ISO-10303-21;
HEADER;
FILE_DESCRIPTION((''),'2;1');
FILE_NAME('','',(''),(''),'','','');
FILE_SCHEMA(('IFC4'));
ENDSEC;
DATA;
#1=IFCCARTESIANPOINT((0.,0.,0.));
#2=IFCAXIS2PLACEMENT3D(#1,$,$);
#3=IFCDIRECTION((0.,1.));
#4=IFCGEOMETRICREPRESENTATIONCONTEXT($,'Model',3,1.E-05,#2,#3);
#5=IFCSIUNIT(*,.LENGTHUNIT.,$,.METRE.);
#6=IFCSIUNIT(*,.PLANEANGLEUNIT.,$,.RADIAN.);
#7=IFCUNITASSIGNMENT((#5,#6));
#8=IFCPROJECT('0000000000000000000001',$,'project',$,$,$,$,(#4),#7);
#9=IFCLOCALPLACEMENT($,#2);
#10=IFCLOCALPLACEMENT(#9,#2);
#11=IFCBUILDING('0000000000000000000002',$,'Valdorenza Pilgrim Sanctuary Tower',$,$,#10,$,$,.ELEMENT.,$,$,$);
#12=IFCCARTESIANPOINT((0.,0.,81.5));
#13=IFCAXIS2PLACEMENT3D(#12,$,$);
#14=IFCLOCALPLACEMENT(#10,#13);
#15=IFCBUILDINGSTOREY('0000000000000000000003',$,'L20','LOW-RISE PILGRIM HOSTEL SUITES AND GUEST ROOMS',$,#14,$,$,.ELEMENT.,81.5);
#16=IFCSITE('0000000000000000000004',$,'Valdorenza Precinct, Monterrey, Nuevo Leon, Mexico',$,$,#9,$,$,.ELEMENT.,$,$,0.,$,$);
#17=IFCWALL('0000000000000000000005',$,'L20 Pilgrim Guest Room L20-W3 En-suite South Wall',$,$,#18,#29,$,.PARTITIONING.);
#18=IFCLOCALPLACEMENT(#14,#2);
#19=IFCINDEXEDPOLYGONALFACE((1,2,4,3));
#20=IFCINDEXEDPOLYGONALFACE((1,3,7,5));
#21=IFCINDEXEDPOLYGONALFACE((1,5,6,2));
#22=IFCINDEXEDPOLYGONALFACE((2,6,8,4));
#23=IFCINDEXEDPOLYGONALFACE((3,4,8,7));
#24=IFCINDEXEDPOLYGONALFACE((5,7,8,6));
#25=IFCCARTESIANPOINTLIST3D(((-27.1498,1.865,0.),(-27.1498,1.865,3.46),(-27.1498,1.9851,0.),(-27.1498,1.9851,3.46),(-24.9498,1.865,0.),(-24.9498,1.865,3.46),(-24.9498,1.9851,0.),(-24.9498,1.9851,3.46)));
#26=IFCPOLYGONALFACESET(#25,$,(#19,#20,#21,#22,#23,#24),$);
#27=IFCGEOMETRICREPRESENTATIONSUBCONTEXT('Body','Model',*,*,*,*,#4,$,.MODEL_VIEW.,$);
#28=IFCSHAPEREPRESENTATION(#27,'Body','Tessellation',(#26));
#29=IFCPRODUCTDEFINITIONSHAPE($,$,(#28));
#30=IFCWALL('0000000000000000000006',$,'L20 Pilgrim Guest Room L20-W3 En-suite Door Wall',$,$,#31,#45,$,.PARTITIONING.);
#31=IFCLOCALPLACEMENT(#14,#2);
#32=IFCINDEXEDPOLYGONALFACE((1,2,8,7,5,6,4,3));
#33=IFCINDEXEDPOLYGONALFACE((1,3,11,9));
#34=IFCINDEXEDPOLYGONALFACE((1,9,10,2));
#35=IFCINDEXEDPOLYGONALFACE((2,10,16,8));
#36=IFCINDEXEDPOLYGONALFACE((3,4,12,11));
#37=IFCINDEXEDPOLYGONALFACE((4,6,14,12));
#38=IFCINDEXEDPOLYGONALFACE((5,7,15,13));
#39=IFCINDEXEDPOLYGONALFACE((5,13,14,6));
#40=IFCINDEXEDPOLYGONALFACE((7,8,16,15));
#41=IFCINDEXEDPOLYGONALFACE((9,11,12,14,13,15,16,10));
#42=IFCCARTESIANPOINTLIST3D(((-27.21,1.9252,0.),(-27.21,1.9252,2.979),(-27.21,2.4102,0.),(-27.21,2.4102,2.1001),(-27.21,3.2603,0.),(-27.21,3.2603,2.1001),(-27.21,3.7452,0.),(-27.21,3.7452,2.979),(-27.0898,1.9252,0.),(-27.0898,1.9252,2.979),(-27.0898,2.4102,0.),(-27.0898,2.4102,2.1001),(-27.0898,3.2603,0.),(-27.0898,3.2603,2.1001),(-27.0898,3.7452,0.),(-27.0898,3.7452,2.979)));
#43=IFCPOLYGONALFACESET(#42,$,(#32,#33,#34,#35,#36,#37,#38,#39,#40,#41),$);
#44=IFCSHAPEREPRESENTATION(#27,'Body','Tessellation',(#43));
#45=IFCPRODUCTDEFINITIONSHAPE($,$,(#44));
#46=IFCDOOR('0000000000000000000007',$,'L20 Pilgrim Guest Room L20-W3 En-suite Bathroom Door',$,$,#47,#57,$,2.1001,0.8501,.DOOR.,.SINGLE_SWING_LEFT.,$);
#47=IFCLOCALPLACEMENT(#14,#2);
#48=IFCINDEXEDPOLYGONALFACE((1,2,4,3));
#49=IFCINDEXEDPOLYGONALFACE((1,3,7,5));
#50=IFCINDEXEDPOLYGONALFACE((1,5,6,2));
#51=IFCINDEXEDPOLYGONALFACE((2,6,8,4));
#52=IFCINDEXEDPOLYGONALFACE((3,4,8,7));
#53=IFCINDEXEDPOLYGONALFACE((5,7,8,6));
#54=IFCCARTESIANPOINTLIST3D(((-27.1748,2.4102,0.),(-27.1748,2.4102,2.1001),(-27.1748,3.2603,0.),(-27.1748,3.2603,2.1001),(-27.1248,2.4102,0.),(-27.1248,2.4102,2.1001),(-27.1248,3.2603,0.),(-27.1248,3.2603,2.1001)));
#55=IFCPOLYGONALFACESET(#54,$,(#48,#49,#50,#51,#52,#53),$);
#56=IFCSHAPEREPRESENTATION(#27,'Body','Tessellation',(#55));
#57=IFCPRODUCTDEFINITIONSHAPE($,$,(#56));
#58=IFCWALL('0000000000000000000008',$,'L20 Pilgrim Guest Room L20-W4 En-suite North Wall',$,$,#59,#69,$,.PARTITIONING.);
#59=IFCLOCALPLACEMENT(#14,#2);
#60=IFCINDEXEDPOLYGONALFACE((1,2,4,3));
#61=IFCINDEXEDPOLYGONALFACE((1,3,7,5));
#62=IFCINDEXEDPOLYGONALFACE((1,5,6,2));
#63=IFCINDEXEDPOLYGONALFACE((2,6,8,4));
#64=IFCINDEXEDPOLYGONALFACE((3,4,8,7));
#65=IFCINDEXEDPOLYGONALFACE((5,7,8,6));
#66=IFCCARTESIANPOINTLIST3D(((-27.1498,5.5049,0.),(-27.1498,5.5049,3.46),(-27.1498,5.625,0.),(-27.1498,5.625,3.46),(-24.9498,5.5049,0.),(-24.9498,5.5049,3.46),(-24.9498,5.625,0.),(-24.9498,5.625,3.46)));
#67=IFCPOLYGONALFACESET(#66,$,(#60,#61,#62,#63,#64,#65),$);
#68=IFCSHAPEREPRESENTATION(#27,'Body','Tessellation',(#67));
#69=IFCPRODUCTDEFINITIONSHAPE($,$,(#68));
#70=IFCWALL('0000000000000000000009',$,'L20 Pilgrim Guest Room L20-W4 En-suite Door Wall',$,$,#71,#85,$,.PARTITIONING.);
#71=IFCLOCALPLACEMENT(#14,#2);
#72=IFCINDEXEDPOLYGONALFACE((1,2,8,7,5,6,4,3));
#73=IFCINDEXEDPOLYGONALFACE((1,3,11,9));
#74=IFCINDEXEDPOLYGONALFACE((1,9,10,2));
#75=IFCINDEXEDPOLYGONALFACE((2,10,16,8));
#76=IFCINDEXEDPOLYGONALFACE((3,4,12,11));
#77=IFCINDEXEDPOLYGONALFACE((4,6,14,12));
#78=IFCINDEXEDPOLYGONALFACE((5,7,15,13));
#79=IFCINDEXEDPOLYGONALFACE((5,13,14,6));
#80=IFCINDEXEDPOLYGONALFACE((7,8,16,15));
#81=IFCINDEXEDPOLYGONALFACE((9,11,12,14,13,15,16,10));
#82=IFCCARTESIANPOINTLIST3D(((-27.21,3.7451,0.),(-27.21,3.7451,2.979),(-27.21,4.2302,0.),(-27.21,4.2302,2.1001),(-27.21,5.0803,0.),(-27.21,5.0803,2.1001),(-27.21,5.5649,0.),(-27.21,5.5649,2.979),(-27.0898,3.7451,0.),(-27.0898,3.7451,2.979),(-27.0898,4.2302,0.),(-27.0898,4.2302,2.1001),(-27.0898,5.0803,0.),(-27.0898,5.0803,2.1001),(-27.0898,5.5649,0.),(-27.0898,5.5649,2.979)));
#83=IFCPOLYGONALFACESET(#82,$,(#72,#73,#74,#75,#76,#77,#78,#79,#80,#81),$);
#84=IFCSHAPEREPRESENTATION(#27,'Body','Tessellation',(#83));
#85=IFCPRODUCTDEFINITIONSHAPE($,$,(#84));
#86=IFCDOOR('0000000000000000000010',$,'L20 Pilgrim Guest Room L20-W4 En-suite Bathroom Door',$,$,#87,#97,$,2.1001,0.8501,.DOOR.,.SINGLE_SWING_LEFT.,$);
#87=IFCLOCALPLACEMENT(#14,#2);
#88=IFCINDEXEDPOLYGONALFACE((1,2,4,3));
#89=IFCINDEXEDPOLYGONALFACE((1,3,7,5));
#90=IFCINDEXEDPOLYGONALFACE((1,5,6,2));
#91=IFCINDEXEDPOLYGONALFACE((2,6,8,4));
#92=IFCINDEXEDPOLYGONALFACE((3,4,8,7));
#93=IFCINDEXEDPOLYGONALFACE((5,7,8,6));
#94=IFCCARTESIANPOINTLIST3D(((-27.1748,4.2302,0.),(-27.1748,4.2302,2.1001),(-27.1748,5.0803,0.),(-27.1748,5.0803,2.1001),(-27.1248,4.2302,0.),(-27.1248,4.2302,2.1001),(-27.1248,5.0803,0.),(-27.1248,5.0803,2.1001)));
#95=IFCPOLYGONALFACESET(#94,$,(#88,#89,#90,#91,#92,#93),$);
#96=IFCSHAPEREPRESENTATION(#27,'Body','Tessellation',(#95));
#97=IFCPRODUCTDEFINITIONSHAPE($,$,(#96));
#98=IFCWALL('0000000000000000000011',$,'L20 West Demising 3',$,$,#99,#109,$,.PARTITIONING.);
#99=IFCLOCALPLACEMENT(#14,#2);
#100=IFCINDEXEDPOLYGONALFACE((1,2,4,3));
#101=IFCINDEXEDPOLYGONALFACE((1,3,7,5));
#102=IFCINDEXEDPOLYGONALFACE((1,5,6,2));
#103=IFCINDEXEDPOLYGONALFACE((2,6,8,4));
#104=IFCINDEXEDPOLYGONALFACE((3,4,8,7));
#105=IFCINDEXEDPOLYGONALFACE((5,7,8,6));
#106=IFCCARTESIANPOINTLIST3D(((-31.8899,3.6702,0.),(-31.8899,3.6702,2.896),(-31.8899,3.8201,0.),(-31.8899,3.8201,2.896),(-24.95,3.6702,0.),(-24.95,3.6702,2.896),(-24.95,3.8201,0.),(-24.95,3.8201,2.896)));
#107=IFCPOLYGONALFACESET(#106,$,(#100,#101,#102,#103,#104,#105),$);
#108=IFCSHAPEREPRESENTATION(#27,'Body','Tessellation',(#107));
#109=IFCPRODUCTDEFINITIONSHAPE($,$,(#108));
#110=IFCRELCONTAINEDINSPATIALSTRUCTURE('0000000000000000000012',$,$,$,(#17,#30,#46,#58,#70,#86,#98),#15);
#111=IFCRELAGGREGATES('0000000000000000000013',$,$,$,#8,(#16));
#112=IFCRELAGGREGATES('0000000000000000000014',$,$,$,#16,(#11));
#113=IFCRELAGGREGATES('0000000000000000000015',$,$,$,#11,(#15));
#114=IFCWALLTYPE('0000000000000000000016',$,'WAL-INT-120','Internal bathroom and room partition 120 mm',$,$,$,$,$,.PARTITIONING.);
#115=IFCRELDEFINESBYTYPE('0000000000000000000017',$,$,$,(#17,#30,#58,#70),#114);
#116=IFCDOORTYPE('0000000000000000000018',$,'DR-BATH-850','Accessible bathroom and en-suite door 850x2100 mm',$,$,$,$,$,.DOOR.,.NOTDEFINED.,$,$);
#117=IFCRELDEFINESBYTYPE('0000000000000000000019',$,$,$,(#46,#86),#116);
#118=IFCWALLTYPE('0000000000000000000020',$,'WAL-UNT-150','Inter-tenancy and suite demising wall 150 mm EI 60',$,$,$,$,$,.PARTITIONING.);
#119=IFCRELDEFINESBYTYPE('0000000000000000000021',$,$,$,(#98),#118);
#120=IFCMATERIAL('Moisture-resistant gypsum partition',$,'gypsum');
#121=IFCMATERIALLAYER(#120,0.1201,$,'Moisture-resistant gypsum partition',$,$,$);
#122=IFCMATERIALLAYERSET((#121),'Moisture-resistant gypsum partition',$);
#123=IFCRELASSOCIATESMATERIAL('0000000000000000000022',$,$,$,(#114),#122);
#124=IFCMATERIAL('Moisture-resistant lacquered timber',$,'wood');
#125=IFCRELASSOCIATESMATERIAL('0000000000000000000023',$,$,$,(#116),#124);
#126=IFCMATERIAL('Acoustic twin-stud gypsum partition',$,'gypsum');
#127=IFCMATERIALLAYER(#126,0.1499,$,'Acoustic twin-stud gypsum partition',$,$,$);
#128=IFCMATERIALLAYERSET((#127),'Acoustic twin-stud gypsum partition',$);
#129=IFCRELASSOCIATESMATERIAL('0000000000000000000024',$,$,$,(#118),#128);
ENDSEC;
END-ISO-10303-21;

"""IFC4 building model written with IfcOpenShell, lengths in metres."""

from ifc_helpers import new_model, si_unit, direction, frame, frame_2d, origin, place, context, subcontext, project, spatial, rectangle, extrude, material, layer, layer_set, type_object, element, fill, save


model = new_model("IFC4")

# Units and contexts
model_context = context("Model", 3, precision=1e-05, world=origin(), true_north=direction((0.0, 1.0)))
body_context = subcontext(model_context, "Body", "Model", "MODEL_VIEW")
ifc_project = project(units=[si_unit("LENGTHUNIT", "METRE"), si_unit("PLANEANGLEUNIT", "RADIAN")], contexts=[model_context])

# Site, building, storey
site_placement = place(None, origin())
site = spatial("IfcSite", under=ifc_project, at=site_placement, Name="Valdorenza Precinct, Monterrey, Nuevo Leon, Mexico", CompositionType="ELEMENT", RefElevation=0.0)
building_placement = place(site_placement, origin())
building = spatial("IfcBuilding", under=site, at=building_placement, Name="Valdorenza Pilgrim Sanctuary Tower", CompositionType="ELEMENT")
storey_placement = place(building_placement, frame((0.0, 0.0, 81.5)))
storey = spatial("IfcBuildingStorey", under=building, at=storey_placement, Name="L20", Description="LOW-RISE PILGRIM HOSTEL SUITES AND GUEST ROOMS", CompositionType="ELEMENT", Elevation=81.5)

# Shared definitions
ifc_material_1 = material(Name="Acoustic twin-stud gypsum partition", Category="gypsum")

# Wall
ifc_material_2 = material(Name="Moisture-resistant gypsum partition", Category="gypsum")
ifc_layer_1 = layer(ifc_material_2, 0.1201, Name="Moisture-resistant gypsum partition")
ifc_layer_set_1 = layer_set([ifc_layer_1], Name="Moisture-resistant gypsum partition")
wall_type_1 = type_object("IfcWallType", Name="WAL-INT-120", Description="Internal bathroom and room partition 120 mm", PredefinedType="PARTITIONING", material=ifc_layer_set_1)
wall_1_placement = place(storey_placement, frame((-27.1499, 1.925, 0.0), z_axis=(0.0, 0.0, 1.0), x_axis=(1.0, 0.0, 0.0)))
element("IfcWall", 1, at=wall_1_placement, inside=storey, type_object=wall_type_1, Name="L20 Pilgrim Guest Room L20-W3 En-suite South Wall", PredefinedType="PARTITIONING", context=body_context, shape_type="SweptSolid", body=[
    extrude(rectangle(XDim=2.2, YDim=0.1201, at=frame_2d((1.1001, 0.0))), origin(), (0.0, 0.0, 1.0), 3.46),
])

# Wall, opening, door
wall_2_placement = place(storey_placement, frame((-27.1499, 1.925, 0.0), z_axis=(0.0, 0.0, 1.0), x_axis=(0.0, 1.0, 0.0)))
wall_2 = element("IfcWall", 2, at=wall_2_placement, inside=storey, type_object=wall_type_1, Name="L20 Pilgrim Guest Room L20-W3 En-suite Door Wall", PredefinedType="PARTITIONING", context=body_context, shape_type="SweptSolid", body=[
    extrude(rectangle(XDim=1.8201, YDim=0.1201, at=frame_2d((0.9102, 0.0))), origin(), (0.0, 0.0, 1.0), 2.979),
])
opening_1_placement = place(wall_2_placement, frame((0.4851, 0.0, 0.0)))
opening_1 = element("IfcOpeningElement", 3, at=opening_1_placement, cuts=wall_2, PredefinedType="OPENING", context=body_context, shape_type="SweptSolid", body=[
    extrude(rectangle(XDim=0.8501, YDim=2.1001, at=frame_2d((0.425, 1.05))), frame((0.0, 0.075, 0.0), z_axis=(0.0, -1.0, 0.0), x_axis=(1.0, 0.0, 0.0)), (0.0, 0.0, 1.0), 0.1499),
])
ifc_material_3 = material(Name="Moisture-resistant lacquered timber", Category="wood")
door_type_1 = type_object("IfcDoorType", Name="DR-BATH-850", Description="Accessible bathroom and en-suite door 850x2100 mm", OperationType="NOTDEFINED", PredefinedType="DOOR", material=ifc_material_3)
door_1_placement = place(opening_1_placement, origin())
door_1 = element("IfcDoor", 4, at=door_1_placement, inside=storey, type_object=door_type_1, Name="L20 Pilgrim Guest Room L20-W3 En-suite Bathroom Door", OperationType="SINGLE_SWING_LEFT", OverallHeight=2.1001, OverallWidth=0.8501, PredefinedType="DOOR", context=body_context, shape_type="SweptSolid", body=[
    extrude(rectangle(XDim=0.8501, YDim=2.1001, at=frame_2d((0.425, 1.05))), frame((0.0, 0.0249, 0.0), z_axis=(0.0, -1.0, 0.0), x_axis=(1.0, 0.0, 0.0)), (0.0, 0.0, 1.0), 0.05),
])
fill(opening_1, door_1)

# Wall
wall_3_placement = place(storey_placement, frame((-27.1499, 5.5649, 0.0), z_axis=(0.0, 0.0, 1.0), x_axis=(1.0, 0.0, 0.0)))
element("IfcWall", 5, at=wall_3_placement, inside=storey, type_object=wall_type_1, Name="L20 Pilgrim Guest Room L20-W4 En-suite North Wall", PredefinedType="PARTITIONING", context=body_context, shape_type="SweptSolid", body=[
    extrude(rectangle(XDim=2.2, YDim=0.1201, at=frame_2d((1.1001, 0.0))), origin(), (0.0, 0.0, 1.0), 3.46),
])

# Wall, opening, door
wall_4_placement = place(storey_placement, frame((-27.1499, 3.7451, 0.0), z_axis=(0.0, 0.0, 1.0), x_axis=(0.0, 1.0, 0.0)))
wall_4 = element("IfcWall", 6, at=wall_4_placement, inside=storey, type_object=wall_type_1, Name="L20 Pilgrim Guest Room L20-W4 En-suite Door Wall", PredefinedType="PARTITIONING", context=body_context, shape_type="SweptSolid", body=[
    extrude(rectangle(XDim=1.8198, YDim=0.1201, at=frame_2d((0.9099, 0.0))), origin(), (0.0, 0.0, 1.0), 2.979),
])
opening_2_placement = place(wall_4_placement, frame((0.4851, 0.0, 0.0)))
opening_2 = element("IfcOpeningElement", 7, at=opening_2_placement, cuts=wall_4, PredefinedType="OPENING", context=body_context, shape_type="SweptSolid", body=[
    extrude(rectangle(XDim=0.8501, YDim=2.1001, at=frame_2d((0.425, 1.05))), frame((0.0, 0.075, 0.0), z_axis=(0.0, -1.0, 0.0), x_axis=(1.0, 0.0, 0.0)), (0.0, 0.0, 1.0), 0.1499),
])
door_2_placement = place(opening_2_placement, origin())
door_2 = element("IfcDoor", 8, at=door_2_placement, inside=storey, type_object=door_type_1, Name="L20 Pilgrim Guest Room L20-W4 En-suite Bathroom Door", OperationType="SINGLE_SWING_LEFT", OverallHeight=2.1001, OverallWidth=0.8501, PredefinedType="DOOR", context=body_context, shape_type="SweptSolid", body=[
    extrude(rectangle(XDim=0.8501, YDim=2.1001, at=frame_2d((0.425, 1.05))), frame((0.0, 0.0249, 0.0), z_axis=(0.0, -1.0, 0.0), x_axis=(1.0, 0.0, 0.0)), (0.0, 0.0, 1.0), 0.05),
])
fill(opening_2, door_2)

# Wall
ifc_layer_2 = layer(ifc_material_1, 0.1499, Name="Acoustic twin-stud gypsum partition")
ifc_layer_set_2 = layer_set([ifc_layer_2], Name="Acoustic twin-stud gypsum partition")
wall_type_2 = type_object("IfcWallType", Name="WAL-UNT-150", Description="Inter-tenancy and suite demising wall 150 mm EI 60", PredefinedType="PARTITIONING", material=ifc_layer_set_2)
wall_5_placement = place(storey_placement, frame((-31.8899, 3.7451, 0.0), z_axis=(0.0, 0.0, 1.0), x_axis=(1.0, 0.0, 0.0)))
element("IfcWall", 9, at=wall_5_placement, inside=storey, type_object=wall_type_2, Name="L20 West Demising 3", PredefinedType="PARTITIONING", context=body_context, shape_type="SweptSolid", body=[
    extrude(rectangle(XDim=6.9399, YDim=0.1499, at=frame_2d((3.47, 0.0))), origin(), (0.0, 0.0, 1.0), 2.896),
])

save(model, "model.ifc")
